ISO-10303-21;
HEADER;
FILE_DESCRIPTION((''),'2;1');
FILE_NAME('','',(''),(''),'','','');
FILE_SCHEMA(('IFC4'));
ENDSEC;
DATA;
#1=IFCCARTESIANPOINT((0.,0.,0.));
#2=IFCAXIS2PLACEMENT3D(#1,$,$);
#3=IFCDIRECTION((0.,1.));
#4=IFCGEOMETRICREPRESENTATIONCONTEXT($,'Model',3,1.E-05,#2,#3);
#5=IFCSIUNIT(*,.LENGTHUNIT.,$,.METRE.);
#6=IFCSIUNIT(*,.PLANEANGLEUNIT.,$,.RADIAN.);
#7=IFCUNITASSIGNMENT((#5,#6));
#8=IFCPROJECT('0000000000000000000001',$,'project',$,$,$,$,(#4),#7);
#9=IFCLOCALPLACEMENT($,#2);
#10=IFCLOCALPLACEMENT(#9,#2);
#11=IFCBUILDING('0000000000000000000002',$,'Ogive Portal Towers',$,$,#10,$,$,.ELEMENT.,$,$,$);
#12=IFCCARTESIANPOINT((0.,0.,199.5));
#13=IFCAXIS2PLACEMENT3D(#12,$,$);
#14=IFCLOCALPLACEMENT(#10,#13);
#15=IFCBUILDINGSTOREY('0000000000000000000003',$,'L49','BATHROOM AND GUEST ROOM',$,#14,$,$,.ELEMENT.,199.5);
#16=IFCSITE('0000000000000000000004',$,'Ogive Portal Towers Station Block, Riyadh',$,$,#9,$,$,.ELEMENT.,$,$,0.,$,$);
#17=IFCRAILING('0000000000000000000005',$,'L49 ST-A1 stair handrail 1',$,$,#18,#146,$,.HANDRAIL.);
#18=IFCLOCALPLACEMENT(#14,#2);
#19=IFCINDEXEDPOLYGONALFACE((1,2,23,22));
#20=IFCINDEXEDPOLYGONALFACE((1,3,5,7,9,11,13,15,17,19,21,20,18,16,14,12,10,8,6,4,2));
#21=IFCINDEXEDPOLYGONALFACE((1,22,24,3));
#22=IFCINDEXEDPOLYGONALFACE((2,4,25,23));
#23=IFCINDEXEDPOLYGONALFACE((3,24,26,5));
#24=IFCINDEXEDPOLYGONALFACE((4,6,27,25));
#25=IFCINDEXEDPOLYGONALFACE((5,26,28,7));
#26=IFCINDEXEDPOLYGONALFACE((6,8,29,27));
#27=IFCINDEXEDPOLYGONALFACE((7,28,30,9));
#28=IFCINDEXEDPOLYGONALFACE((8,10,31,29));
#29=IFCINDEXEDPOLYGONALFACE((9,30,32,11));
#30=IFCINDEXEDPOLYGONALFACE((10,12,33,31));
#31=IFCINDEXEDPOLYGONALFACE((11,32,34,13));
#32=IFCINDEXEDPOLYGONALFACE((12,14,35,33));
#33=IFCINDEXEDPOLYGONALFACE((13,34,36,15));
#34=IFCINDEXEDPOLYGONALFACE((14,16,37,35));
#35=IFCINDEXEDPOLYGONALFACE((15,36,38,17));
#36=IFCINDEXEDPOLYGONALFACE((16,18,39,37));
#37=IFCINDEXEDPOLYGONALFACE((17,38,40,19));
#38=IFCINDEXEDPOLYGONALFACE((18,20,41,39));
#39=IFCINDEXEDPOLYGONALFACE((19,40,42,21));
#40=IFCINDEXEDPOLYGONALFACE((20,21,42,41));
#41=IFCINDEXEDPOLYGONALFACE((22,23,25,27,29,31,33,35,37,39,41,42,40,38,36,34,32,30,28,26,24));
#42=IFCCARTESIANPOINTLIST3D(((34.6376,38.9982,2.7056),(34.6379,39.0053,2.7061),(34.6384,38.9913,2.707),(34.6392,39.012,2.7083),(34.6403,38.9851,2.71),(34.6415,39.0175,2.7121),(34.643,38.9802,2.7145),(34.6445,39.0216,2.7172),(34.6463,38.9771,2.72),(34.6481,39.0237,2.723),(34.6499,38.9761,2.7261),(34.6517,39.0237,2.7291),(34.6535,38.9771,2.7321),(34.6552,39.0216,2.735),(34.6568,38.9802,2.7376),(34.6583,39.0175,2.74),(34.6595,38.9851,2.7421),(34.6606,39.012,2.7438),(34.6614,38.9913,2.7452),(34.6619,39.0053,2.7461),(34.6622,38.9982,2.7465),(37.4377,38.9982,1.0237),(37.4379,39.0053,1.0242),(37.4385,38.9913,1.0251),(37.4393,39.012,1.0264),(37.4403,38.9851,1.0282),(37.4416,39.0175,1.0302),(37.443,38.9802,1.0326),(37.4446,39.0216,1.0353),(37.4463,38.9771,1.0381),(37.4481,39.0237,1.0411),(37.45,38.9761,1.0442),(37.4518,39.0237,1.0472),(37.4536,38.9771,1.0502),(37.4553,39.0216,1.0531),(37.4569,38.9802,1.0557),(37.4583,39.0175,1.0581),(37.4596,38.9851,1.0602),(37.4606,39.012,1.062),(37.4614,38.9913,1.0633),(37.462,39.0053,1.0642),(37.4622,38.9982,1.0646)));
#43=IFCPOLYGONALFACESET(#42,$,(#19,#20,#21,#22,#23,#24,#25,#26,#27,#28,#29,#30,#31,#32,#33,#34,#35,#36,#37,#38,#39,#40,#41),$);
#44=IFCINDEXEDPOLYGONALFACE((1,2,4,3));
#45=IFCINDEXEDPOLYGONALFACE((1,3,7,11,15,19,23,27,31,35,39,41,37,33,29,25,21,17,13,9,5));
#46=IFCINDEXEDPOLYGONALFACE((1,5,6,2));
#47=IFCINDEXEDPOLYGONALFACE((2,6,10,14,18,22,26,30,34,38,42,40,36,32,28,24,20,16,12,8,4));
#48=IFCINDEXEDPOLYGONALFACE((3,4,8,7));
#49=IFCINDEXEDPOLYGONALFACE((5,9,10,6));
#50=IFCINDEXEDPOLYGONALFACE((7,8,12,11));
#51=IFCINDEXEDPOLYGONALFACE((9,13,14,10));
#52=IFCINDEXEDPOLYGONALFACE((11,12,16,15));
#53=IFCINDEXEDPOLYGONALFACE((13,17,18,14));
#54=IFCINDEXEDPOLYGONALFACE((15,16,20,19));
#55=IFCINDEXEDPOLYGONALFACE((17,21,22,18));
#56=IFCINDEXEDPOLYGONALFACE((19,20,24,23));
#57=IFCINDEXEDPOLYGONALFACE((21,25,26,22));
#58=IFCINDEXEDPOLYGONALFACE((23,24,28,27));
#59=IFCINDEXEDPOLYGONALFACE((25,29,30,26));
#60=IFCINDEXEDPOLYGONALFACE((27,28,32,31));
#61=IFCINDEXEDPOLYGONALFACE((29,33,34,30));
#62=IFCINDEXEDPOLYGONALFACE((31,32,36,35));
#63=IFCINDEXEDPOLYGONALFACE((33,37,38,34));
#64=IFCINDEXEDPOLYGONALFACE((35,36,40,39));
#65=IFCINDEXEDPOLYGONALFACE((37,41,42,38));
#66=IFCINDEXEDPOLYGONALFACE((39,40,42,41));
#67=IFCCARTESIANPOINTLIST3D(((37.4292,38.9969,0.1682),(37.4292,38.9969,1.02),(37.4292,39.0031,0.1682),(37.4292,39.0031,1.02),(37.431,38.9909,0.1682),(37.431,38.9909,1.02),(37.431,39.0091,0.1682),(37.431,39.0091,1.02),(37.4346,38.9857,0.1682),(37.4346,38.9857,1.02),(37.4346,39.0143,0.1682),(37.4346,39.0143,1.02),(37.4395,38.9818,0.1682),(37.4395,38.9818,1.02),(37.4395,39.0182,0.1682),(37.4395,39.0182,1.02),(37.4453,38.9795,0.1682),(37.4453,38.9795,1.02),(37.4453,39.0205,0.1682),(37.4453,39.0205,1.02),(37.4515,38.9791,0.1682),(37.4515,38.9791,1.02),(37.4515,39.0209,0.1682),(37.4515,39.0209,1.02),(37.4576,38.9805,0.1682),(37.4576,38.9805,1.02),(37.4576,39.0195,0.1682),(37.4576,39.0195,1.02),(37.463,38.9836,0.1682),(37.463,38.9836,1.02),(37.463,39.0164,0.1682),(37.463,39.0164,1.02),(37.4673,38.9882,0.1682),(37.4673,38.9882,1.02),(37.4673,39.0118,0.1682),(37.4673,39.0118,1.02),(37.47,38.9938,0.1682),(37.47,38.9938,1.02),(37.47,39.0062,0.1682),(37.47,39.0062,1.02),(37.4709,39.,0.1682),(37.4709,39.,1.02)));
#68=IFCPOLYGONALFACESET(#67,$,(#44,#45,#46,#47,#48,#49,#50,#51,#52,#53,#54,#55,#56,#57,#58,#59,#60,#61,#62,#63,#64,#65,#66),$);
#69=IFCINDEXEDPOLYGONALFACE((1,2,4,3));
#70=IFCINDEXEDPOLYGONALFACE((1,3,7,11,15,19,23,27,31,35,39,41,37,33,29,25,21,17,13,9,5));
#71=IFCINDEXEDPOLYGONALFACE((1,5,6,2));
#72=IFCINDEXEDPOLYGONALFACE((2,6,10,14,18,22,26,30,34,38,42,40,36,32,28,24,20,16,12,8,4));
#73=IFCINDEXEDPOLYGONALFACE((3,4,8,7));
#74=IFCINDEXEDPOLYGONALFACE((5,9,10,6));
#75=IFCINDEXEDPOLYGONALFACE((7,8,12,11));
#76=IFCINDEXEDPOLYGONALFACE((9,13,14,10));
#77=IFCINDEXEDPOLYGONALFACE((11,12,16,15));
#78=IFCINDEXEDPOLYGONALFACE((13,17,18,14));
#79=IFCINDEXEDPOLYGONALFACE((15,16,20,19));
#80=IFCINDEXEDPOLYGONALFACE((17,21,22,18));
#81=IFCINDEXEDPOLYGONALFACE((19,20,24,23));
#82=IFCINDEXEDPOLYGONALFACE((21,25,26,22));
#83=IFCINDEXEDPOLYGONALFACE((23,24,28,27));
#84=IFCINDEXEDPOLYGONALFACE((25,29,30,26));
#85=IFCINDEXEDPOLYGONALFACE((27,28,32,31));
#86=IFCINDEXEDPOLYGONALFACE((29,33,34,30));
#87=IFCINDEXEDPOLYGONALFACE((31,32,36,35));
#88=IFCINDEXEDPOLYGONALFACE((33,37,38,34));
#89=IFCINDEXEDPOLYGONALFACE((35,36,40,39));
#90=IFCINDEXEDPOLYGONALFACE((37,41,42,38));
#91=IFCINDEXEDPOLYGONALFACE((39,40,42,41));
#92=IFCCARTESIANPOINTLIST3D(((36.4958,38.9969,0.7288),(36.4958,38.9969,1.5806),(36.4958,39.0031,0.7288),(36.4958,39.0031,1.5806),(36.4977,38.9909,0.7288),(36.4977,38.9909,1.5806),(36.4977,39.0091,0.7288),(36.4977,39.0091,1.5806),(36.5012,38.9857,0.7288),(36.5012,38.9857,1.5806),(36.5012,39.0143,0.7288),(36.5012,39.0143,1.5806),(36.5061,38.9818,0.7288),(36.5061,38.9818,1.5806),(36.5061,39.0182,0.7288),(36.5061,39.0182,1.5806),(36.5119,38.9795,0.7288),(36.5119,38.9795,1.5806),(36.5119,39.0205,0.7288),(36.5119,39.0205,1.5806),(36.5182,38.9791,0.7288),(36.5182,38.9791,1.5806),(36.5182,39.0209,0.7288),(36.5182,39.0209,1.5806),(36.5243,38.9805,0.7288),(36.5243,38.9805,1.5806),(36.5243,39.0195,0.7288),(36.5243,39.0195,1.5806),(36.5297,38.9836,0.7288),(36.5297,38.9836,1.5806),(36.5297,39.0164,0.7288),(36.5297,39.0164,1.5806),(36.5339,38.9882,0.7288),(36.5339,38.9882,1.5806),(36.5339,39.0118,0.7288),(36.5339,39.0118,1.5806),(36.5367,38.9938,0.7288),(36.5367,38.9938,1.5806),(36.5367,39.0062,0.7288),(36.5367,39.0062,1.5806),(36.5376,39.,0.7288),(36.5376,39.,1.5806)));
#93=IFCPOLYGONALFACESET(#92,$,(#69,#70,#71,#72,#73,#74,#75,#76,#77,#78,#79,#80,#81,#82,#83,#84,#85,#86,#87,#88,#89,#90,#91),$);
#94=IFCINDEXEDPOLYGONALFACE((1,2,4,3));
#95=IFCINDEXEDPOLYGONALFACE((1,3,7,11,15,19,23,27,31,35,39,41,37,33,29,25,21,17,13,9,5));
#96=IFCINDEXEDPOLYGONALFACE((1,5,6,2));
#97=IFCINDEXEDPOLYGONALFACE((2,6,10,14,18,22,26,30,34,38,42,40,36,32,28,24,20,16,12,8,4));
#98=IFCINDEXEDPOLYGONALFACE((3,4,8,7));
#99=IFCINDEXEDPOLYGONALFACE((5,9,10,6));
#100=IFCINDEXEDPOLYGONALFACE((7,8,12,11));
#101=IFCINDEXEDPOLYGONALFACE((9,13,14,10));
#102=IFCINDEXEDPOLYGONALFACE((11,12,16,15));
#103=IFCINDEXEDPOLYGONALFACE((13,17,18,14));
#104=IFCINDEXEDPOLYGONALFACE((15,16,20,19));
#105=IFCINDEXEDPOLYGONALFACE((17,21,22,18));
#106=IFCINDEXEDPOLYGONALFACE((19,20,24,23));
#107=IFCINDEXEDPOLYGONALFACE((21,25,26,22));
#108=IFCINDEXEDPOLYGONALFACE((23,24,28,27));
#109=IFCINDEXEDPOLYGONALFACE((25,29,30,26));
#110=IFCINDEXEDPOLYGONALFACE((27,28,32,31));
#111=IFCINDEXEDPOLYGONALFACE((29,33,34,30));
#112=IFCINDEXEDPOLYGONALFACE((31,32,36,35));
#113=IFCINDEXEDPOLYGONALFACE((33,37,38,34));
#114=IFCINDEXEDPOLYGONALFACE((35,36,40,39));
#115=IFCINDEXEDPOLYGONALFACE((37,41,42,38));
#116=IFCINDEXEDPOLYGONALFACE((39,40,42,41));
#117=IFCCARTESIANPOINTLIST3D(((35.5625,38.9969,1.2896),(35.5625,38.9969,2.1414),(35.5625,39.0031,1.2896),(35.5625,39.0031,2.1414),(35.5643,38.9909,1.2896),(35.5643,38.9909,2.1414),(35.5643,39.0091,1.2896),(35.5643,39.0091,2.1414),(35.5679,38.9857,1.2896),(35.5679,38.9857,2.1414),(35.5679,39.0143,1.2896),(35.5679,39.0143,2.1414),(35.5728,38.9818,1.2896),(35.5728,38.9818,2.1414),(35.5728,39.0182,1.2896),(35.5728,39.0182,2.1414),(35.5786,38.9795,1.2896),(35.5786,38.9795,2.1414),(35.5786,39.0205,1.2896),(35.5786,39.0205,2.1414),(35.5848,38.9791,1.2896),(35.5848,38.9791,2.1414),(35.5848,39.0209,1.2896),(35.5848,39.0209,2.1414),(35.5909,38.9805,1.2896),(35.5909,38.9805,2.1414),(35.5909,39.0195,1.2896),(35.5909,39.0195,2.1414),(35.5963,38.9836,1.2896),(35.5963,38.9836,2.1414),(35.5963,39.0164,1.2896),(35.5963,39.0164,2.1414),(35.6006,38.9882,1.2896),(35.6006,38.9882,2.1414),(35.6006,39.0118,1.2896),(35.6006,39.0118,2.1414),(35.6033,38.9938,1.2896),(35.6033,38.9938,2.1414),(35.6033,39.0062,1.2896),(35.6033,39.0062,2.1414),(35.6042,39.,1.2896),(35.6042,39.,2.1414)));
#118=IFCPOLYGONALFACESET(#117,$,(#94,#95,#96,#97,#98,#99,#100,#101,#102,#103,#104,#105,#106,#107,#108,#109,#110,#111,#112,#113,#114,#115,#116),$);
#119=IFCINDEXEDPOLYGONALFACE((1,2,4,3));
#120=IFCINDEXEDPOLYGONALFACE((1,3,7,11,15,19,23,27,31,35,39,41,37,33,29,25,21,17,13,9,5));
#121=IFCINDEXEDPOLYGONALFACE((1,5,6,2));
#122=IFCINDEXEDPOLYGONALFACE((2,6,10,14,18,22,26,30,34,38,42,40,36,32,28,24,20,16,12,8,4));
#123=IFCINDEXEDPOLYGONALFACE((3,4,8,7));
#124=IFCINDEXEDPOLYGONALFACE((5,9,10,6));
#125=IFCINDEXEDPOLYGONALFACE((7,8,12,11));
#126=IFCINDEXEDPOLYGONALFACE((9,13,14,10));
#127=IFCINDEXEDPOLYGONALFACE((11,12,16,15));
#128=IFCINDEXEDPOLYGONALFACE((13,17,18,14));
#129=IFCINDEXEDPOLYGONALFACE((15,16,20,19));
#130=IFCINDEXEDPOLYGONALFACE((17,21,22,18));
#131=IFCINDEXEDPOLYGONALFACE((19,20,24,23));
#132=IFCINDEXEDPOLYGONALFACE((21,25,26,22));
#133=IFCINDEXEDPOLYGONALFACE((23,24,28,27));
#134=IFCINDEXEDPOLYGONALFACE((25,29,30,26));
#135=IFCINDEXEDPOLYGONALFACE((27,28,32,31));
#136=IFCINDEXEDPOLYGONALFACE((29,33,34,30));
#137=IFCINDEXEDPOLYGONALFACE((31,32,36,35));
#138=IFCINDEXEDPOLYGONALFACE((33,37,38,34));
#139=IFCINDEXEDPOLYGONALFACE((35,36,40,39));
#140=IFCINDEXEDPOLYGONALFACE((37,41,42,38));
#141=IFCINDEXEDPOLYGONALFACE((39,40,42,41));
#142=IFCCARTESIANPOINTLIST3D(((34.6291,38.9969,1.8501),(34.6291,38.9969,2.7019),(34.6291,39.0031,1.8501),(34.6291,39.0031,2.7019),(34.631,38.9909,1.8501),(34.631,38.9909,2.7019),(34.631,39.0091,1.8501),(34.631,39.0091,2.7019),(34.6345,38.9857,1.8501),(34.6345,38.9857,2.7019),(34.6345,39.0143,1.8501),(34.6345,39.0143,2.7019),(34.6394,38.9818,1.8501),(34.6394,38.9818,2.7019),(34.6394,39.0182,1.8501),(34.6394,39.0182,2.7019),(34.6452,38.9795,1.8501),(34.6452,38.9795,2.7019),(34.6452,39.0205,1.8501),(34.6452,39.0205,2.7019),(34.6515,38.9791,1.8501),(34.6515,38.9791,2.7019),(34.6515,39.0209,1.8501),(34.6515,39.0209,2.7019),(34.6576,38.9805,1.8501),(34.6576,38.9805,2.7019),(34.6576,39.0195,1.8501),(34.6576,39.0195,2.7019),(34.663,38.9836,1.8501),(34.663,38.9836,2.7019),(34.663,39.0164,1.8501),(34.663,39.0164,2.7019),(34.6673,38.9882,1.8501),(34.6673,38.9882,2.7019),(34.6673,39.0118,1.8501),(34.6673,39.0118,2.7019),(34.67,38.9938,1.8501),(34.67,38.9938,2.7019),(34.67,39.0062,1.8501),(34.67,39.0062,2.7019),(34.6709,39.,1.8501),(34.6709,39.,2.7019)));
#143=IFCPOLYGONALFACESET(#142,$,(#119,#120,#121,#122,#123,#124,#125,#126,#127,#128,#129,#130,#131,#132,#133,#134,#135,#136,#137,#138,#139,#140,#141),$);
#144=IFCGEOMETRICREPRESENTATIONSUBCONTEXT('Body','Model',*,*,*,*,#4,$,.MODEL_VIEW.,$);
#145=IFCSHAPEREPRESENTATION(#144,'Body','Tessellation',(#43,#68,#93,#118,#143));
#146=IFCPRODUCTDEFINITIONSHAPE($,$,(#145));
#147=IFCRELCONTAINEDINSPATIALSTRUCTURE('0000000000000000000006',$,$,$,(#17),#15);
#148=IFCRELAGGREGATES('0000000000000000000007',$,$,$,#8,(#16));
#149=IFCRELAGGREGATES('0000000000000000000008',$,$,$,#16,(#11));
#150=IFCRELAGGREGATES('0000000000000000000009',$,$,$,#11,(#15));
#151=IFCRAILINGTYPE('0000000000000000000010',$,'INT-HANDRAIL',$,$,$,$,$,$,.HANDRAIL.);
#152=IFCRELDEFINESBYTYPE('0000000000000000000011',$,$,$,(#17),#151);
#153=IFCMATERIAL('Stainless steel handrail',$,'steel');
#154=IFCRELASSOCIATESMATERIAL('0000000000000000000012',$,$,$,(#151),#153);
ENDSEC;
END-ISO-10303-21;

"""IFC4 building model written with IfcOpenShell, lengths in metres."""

from ifc_helpers import new_model, si_unit, direction, frame, origin, origin_2d, place, context, subcontext, project, spatial, circle, extrude, material, type_object, element, save


model = new_model("IFC4")

# Units and contexts
model_context = context("Model", 3, precision=1e-05, world=origin(), true_north=direction((0.0, 1.0)))
body_context = subcontext(model_context, "Body", "Model", "MODEL_VIEW")
ifc_project = project(units=[si_unit("LENGTHUNIT", "METRE"), si_unit("PLANEANGLEUNIT", "RADIAN")], contexts=[model_context])

# Site, building, storey
site_placement = place(None, origin())
site = spatial("IfcSite", under=ifc_project, at=site_placement, Name="Ogive Portal Towers Station Block, Riyadh", CompositionType="ELEMENT", RefElevation=0.0)
building_placement = place(site_placement, origin())
building = spatial("IfcBuilding", under=site, at=building_placement, Name="Ogive Portal Towers", CompositionType="ELEMENT")
storey_placement = place(building_placement, frame((0.0, 0.0, 199.5)))
storey = spatial("IfcBuildingStorey", under=building, at=storey_placement, Name="L49", Description="BATHROOM AND GUEST ROOM", CompositionType="ELEMENT", Elevation=199.5)

# Railing
ifc_material_1 = material(Name="Stainless steel handrail", Category="steel")
railing_type_1 = type_object("IfcRailingType", Name="INT-HANDRAIL", PredefinedType="HANDRAIL", material=ifc_material_1)
railing_1_placement = place(storey_placement, frame((37.45, 39.0, 0.1682)))
element("IfcRailing", 1, at=railing_1_placement, inside=storey, type_object=railing_type_1, Name="L49 ST-A1 stair handrail 1", PredefinedType="HANDRAIL", context=body_context, shape_type="SweptSolid", body=[
    extrude(circle(Radius=0.0239, at=origin_2d()), frame((0.0, 0.0, 0.876), z_axis=(-0.857242, 0.0, 0.514913), x_axis=(0.0, -1.0, 0.0)), (0.0, 0.0, 1.0), 3.2664),
    extrude(circle(Radius=0.021, at=origin_2d()), origin(), (0.0, 0.0, 1.0), 0.8518),
    extrude(circle(Radius=0.021, at=origin_2d()), frame((-0.9333, 0.0, 0.5605)), (0.0, 0.0, 1.0), 0.8518),
    extrude(circle(Radius=0.021, at=origin_2d()), frame((-1.8667, 0.0, 1.1213)), (0.0, 0.0, 1.0), 0.8518),
    extrude(circle(Radius=0.021, at=origin_2d()), frame((-2.8, 0.0, 1.6819)), (0.0, 0.0, 1.0), 0.8518),
])

save(model, "model.ifc")
